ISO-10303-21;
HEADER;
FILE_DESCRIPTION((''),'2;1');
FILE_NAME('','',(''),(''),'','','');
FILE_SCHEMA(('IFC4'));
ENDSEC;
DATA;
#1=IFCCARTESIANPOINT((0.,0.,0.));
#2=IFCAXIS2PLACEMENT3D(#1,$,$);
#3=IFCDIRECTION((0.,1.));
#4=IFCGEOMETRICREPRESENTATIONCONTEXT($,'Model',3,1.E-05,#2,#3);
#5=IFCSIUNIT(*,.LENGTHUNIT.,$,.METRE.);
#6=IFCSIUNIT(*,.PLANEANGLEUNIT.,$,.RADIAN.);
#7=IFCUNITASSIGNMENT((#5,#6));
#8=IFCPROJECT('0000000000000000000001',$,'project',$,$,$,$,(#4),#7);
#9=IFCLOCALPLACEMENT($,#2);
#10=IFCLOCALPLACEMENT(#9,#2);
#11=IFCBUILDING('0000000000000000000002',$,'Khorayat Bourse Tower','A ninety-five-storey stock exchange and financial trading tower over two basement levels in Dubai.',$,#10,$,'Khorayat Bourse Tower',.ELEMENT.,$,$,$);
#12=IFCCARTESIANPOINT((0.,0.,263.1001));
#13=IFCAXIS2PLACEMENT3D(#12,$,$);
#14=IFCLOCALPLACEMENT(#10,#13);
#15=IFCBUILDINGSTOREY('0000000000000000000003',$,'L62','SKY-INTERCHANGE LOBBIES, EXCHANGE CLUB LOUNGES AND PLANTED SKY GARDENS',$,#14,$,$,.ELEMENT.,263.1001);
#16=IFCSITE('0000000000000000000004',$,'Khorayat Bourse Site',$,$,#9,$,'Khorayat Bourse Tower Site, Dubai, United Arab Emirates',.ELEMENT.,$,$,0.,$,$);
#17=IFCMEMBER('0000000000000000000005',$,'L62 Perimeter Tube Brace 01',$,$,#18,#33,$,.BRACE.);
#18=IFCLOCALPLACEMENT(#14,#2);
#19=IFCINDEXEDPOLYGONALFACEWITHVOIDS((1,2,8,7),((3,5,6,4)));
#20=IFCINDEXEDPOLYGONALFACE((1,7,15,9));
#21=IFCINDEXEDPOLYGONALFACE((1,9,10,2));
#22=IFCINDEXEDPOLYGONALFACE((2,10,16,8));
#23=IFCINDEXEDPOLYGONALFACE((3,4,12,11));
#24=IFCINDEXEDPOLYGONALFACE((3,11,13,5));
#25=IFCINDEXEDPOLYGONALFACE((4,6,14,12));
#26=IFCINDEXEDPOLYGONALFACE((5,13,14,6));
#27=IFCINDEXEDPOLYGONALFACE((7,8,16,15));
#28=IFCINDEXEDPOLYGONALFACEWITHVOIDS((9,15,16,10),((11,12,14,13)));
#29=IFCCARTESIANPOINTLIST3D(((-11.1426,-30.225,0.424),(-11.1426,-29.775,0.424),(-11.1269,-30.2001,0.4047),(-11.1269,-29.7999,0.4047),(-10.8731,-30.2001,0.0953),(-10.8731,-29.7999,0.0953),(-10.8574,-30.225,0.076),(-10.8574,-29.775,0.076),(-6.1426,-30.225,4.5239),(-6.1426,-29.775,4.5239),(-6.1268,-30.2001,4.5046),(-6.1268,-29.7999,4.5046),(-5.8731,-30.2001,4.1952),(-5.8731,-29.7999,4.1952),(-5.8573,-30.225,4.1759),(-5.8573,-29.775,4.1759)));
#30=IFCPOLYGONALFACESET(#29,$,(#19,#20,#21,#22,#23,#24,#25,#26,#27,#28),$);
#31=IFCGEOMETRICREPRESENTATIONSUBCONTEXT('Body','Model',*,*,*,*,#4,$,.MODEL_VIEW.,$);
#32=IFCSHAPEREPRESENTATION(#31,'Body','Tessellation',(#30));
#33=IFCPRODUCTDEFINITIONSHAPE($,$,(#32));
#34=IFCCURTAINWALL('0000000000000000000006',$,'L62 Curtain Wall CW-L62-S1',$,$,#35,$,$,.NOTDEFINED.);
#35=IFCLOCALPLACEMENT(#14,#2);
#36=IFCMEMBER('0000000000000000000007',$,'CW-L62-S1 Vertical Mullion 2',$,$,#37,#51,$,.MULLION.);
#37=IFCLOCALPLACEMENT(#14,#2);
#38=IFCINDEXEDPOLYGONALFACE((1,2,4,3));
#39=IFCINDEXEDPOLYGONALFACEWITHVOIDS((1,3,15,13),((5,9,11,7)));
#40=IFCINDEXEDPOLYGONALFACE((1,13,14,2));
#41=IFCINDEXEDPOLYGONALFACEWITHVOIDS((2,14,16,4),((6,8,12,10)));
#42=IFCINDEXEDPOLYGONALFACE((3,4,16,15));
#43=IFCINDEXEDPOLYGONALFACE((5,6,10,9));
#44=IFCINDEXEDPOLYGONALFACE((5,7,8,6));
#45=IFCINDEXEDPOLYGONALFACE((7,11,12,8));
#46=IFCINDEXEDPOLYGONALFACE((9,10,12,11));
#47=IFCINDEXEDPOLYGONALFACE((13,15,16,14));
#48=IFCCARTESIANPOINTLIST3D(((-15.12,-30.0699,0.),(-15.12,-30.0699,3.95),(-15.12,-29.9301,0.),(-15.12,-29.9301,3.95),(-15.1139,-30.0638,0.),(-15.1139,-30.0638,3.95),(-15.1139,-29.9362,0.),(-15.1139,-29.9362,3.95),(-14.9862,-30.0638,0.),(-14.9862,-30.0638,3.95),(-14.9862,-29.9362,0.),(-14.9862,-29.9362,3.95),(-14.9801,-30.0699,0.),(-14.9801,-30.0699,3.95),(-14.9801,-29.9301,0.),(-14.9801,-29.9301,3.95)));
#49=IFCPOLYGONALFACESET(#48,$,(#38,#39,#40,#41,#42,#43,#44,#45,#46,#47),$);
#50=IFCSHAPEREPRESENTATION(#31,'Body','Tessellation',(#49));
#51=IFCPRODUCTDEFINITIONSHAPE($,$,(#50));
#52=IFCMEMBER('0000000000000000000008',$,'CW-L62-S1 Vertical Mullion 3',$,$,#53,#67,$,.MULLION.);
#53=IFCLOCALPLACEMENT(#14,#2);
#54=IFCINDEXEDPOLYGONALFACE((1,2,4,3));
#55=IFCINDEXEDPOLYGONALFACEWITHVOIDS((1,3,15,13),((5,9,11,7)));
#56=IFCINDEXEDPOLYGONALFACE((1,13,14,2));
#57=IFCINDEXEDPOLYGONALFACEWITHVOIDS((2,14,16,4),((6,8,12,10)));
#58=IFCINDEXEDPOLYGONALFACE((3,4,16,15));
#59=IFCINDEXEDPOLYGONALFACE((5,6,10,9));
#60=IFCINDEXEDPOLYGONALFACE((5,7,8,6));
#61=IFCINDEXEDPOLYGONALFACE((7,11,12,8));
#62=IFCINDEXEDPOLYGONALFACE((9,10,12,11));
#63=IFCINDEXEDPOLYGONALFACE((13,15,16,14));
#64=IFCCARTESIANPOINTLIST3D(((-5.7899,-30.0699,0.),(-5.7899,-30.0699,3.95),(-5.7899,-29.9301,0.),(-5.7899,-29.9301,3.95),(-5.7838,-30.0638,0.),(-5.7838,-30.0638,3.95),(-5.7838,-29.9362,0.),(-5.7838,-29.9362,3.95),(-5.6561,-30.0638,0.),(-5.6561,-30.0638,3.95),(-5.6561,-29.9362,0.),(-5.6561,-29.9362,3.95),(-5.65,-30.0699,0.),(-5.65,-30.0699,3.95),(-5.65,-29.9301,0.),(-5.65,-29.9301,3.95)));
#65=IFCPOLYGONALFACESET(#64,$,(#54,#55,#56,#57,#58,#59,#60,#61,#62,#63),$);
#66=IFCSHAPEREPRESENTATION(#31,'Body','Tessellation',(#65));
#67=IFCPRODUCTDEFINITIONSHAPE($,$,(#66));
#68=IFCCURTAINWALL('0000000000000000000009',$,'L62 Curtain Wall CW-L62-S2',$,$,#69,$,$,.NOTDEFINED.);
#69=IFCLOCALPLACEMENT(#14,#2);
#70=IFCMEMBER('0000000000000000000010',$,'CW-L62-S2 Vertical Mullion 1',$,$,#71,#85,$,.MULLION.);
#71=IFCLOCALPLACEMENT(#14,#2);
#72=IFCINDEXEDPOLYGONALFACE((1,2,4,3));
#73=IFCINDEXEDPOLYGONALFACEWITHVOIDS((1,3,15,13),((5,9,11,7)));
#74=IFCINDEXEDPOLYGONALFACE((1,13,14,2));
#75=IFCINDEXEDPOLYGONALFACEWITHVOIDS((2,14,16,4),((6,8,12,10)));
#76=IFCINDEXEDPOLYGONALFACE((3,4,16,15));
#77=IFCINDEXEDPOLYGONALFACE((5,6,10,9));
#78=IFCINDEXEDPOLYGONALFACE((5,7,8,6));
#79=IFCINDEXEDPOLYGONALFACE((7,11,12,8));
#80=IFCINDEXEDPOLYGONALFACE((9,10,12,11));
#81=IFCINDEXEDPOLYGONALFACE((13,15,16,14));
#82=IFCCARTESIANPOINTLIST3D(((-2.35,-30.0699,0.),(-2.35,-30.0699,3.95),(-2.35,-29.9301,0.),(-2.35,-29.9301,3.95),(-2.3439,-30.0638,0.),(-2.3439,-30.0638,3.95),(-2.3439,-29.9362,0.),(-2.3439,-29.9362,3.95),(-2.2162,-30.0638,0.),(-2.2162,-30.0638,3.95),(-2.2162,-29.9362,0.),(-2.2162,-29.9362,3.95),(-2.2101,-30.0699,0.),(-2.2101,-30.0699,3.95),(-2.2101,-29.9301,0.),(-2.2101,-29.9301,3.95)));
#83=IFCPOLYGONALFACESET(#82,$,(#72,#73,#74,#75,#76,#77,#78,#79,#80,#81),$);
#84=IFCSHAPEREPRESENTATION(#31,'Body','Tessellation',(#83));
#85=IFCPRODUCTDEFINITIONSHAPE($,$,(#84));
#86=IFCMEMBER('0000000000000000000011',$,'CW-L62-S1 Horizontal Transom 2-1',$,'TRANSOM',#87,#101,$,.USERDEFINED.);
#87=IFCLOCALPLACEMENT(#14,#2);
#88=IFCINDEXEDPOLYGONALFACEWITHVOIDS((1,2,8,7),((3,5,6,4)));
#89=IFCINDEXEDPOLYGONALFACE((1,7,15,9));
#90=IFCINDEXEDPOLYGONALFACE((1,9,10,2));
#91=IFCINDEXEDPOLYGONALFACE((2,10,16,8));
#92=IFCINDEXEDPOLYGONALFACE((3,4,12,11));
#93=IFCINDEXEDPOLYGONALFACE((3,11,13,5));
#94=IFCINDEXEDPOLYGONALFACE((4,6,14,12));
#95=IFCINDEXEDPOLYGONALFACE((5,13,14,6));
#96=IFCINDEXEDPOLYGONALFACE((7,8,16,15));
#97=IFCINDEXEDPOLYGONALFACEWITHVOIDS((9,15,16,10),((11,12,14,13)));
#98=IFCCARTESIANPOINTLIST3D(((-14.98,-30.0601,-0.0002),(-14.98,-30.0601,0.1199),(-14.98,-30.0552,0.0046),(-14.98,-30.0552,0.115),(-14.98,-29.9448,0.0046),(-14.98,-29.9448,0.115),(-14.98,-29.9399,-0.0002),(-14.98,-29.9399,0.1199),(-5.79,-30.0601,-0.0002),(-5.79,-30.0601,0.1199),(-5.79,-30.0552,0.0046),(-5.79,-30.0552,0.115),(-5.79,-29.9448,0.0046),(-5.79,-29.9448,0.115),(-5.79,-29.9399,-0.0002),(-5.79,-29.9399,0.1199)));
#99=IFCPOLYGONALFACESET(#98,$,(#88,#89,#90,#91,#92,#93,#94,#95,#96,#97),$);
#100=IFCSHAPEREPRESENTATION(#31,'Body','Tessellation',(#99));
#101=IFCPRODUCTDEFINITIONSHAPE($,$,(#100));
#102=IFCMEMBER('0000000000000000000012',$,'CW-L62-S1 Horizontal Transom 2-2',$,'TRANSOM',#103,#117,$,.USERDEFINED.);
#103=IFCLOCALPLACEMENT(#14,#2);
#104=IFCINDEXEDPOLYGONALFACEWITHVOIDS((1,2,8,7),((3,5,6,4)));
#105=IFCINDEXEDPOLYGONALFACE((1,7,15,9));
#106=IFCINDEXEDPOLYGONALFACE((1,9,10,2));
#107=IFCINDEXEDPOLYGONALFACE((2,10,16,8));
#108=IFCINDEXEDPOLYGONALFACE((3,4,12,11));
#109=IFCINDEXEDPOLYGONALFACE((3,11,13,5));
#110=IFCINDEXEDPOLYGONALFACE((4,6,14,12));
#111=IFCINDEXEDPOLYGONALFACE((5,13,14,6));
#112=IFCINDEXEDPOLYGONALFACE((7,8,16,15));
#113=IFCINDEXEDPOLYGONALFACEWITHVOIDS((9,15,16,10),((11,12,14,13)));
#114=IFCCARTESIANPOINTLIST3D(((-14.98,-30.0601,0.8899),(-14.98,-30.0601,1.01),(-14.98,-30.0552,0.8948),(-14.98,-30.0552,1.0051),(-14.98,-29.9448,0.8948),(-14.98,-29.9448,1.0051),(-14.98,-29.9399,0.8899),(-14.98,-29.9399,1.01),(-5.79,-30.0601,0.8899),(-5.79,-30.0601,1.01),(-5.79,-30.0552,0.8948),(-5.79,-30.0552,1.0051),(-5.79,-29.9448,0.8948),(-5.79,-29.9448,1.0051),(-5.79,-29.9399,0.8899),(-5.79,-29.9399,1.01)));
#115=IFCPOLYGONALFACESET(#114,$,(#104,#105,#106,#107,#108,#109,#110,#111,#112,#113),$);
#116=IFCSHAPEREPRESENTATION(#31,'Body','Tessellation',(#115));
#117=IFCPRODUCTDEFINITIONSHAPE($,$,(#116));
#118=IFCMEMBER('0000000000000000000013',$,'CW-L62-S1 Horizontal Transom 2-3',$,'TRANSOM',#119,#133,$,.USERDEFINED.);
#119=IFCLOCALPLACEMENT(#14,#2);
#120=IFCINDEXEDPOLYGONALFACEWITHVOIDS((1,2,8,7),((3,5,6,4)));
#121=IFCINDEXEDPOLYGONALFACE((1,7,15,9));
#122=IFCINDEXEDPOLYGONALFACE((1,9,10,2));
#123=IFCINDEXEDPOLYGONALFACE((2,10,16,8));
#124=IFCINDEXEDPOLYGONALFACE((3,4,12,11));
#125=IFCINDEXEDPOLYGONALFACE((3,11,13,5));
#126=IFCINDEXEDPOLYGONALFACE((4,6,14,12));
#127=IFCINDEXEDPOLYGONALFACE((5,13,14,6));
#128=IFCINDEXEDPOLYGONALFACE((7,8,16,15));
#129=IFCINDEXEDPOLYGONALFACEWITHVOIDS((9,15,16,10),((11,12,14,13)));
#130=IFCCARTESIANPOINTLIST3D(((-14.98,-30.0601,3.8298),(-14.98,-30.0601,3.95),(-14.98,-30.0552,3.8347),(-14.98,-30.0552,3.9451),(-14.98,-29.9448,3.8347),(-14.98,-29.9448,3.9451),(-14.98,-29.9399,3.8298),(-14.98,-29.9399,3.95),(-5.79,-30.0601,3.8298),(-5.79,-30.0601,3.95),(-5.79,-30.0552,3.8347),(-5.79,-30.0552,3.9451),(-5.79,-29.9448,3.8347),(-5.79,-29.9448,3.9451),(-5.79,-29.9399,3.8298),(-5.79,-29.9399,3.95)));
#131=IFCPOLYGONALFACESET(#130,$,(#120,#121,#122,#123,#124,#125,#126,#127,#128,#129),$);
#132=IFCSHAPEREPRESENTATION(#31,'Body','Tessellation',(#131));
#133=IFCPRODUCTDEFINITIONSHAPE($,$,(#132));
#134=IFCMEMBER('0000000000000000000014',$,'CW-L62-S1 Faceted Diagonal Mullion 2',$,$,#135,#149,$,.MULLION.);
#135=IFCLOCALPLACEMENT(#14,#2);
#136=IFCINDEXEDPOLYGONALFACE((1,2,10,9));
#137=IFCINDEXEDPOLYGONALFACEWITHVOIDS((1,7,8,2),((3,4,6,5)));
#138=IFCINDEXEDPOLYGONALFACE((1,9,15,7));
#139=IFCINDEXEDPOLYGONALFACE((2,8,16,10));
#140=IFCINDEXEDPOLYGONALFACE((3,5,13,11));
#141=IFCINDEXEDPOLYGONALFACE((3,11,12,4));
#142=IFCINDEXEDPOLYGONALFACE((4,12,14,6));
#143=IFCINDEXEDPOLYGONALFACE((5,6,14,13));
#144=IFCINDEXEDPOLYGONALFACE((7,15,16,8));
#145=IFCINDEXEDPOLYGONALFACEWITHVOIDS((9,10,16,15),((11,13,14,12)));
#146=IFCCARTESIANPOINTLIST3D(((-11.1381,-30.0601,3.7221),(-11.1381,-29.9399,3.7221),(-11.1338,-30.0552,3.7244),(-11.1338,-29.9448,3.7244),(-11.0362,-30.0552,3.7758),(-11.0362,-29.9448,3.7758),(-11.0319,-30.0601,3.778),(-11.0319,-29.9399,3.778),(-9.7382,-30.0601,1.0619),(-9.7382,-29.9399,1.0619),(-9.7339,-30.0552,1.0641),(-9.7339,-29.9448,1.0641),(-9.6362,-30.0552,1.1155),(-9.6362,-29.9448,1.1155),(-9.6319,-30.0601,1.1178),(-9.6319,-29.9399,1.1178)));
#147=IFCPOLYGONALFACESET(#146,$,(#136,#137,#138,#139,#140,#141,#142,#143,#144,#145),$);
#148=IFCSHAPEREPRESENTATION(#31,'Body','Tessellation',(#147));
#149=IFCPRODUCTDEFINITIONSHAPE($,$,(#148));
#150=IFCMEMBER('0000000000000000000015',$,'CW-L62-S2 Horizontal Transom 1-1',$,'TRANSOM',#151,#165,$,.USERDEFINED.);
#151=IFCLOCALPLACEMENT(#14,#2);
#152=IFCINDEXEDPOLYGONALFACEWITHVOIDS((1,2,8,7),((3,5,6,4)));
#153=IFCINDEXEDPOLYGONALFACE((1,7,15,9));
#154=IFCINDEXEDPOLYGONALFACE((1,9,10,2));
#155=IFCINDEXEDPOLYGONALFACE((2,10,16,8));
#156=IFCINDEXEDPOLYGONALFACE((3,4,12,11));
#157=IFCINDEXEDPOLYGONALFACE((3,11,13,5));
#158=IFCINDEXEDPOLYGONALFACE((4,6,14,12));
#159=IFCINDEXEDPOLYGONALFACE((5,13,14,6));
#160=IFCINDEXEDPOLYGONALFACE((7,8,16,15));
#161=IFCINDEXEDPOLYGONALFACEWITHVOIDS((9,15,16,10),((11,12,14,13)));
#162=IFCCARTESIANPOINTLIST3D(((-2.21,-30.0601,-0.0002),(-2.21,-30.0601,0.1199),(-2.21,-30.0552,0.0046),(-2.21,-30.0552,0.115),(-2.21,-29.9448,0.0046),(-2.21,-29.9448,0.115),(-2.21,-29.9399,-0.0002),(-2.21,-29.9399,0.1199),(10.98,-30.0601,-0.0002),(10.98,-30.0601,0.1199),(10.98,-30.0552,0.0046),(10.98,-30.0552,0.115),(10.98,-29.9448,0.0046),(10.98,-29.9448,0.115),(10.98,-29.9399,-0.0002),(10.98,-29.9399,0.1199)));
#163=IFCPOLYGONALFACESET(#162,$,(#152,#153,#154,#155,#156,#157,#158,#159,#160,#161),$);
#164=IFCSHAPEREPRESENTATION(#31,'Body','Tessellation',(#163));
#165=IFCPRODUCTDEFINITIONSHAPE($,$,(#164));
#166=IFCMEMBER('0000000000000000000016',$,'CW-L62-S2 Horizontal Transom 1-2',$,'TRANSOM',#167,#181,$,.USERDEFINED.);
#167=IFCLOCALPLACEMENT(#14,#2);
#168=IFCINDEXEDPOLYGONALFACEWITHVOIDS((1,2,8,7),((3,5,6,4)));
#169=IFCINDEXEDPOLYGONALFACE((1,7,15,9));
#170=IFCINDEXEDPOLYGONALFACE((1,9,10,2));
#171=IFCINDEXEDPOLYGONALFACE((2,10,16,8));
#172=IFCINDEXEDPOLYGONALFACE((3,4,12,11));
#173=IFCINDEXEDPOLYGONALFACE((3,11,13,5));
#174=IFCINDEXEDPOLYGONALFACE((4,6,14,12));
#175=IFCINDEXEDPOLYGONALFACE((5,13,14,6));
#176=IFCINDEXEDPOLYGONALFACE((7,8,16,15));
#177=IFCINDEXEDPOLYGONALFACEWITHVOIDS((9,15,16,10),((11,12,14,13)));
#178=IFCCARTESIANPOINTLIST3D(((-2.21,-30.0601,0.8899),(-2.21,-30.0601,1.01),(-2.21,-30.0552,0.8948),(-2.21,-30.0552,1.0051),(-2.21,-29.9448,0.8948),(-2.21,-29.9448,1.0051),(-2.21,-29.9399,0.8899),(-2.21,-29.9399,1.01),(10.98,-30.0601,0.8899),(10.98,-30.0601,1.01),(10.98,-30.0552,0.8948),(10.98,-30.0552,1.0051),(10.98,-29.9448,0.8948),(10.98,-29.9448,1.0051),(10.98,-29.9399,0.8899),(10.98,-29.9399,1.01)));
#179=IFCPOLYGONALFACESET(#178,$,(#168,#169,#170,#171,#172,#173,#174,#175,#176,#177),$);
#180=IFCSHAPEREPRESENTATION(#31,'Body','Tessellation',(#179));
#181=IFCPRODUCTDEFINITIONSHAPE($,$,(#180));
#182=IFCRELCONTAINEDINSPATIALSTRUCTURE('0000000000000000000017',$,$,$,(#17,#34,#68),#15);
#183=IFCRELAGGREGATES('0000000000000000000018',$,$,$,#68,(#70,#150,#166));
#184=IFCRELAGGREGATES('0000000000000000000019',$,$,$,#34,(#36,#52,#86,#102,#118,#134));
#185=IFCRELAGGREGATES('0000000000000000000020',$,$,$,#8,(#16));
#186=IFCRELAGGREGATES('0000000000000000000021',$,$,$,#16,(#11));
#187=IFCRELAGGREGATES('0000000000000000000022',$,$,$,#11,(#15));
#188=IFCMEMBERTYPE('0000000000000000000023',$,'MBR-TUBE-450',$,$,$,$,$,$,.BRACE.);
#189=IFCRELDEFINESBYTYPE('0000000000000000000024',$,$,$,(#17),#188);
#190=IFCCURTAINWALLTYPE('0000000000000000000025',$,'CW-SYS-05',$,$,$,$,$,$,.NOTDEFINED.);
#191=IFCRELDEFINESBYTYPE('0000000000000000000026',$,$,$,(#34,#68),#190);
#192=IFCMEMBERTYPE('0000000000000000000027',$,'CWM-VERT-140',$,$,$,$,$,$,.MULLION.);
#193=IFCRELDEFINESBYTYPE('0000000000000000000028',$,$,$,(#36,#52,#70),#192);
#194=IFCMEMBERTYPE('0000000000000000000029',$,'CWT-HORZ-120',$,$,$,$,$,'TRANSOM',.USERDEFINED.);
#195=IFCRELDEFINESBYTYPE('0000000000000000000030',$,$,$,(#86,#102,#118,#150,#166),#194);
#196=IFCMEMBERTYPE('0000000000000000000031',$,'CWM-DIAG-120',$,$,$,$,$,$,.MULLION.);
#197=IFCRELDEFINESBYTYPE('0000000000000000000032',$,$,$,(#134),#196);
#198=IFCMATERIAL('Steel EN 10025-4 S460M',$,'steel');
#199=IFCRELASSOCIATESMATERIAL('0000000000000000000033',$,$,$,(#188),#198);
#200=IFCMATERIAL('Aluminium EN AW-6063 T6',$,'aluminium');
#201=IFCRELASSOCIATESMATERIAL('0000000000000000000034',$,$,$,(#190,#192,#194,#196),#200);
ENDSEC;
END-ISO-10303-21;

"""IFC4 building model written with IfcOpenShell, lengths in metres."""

from ifc_helpers import new_model, si_unit, direction, frame, origin, origin_2d, place, context, subcontext, project, spatial, hollow_rectangle, extrude, source, transform, mapped, material, material_profile, profile_set, type_object, element, aggregate, save


model = new_model("IFC4")

# Units and contexts
model_context = context("Model", 3, precision=1e-05, world=origin(), true_north=direction((0.0, 1.0)))
body_context = subcontext(model_context, "Body", "Model", "MODEL_VIEW")
ifc_project = project(units=[si_unit("LENGTHUNIT", "METRE"), si_unit("PLANEANGLEUNIT", "RADIAN")], contexts=[model_context])

# Site, building, storey
site_placement = place(None, origin())
site = spatial("IfcSite", under=ifc_project, at=site_placement, Name="Khorayat Bourse Site", LongName="Khorayat Bourse Tower Site, Dubai, United Arab Emirates", CompositionType="ELEMENT", RefElevation=0.0)
building_placement = place(site_placement, origin())
building = spatial("IfcBuilding", under=site, at=building_placement, Name="Khorayat Bourse Tower", Description="A ninety-five-storey stock exchange and financial trading tower over two basement levels in Dubai.", LongName="Khorayat Bourse Tower", CompositionType="ELEMENT")
storey_placement = place(building_placement, frame((0.0, 0.0, 263.1001)))
storey = spatial("IfcBuildingStorey", under=building, at=storey_placement, Name="L62", Description="SKY-INTERCHANGE LOBBIES, EXCHANGE CLUB LOUNGES AND PLANTED SKY GARDENS", CompositionType="ELEMENT", Elevation=263.1001)

# Shared definitions
ifc_material_1 = material(Name="Steel EN 10025-4 S460M", Category="steel")

# Member
ifc_material_profile_1 = material_profile(ifc_material_1, hollow_rectangle(XDim=0.45, YDim=0.45, WallThickness=0.0249, at=origin_2d()), Name="HSS 450x450x25")
ifc_profile_set_1 = profile_set([ifc_material_profile_1], Name="Steel EN 10025-4 S460M")
member_type_1 = type_object("IfcMemberType", Name="MBR-TUBE-450", PredefinedType="BRACE", material=ifc_profile_set_1)
shared_shape_1 = source(origin(), body_context, "Body", "SweptSolid", [
    extrude(hollow_rectangle(XDim=0.45, YDim=0.45, WallThickness=0.0249, at=origin_2d()), origin(), (0.0, 0.0, 1.0), 6.4661),
])
member_1_placement = place(storey_placement, frame((-11.0, -30.0, 0.25), z_axis=(0.773279, 0.0, 0.634066), x_axis=(0.0, 1.0, 0.0)))
element("IfcMember", 1, at=member_1_placement, inside=storey, type_object=member_type_1, Name="L62 Perimeter Tube Brace 01", PredefinedType="BRACE", context=body_context, shape_type="MappedRepresentation", body=[
    mapped(shared_shape_1, transform((0.0, 0.0, 0.0), scale=1.0)),
])

# Curtain wall, members
ifc_material_2 = material(Name="Aluminium EN AW-6063 T6", Category="aluminium")
curtain_wall_type = type_object("IfcCurtainWallType", Name="CW-SYS-05", PredefinedType="NOTDEFINED", material=ifc_material_2)
curtain_wall_1_placement = place(storey_placement, origin())
curtain_wall_1 = element("IfcCurtainWall", 2, at=curtain_wall_1_placement, inside=storey, type_object=curtain_wall_type, Name="L62 Curtain Wall CW-L62-S1", PredefinedType="NOTDEFINED")
ifc_material_profile_2 = material_profile(ifc_material_2, hollow_rectangle(XDim=0.1399, YDim=0.1399, WallThickness=0.0061, at=origin_2d()), Name="ALU 140x140x6")
ifc_profile_set_2 = profile_set([ifc_material_profile_2], Name="Aluminium EN AW-6063 T6")
member_type_2 = type_object("IfcMemberType", Name="CWM-VERT-140", PredefinedType="MULLION", material=ifc_profile_set_2)
shared_shape_2 = source(origin(), body_context, "Body", "SweptSolid", [
    extrude(hollow_rectangle(XDim=0.1399, YDim=0.1399, WallThickness=0.0061, at=origin_2d()), origin(), (0.0, 0.0, 1.0), 3.95),
])
member_2_placement = place(storey_placement, frame((-15.05, -30.0, 0.0), z_axis=(0.0, 0.0, 1.0), x_axis=(0.0, 1.0, 0.0)))
member_2 = element("IfcMember", 3, at=member_2_placement, type_object=member_type_2, Name="CW-L62-S1 Vertical Mullion 2", PredefinedType="MULLION", context=body_context, shape_type="MappedRepresentation", body=[
    mapped(shared_shape_2, transform((0.0, 0.0, 0.0), scale=1.0)),
])
member_3_placement = place(storey_placement, frame((-5.72, -30.0, 0.0), z_axis=(0.0, 0.0, 1.0), x_axis=(0.0, 1.0, 0.0)))
member_3 = element("IfcMember", 4, at=member_3_placement, type_object=member_type_2, Name="CW-L62-S1 Vertical Mullion 3", PredefinedType="MULLION", context=body_context, shape_type="MappedRepresentation", body=[
    mapped(shared_shape_2, transform((0.0, 0.0, 0.0), scale=1.0)),
])

# Curtain wall, member
curtain_wall_2_placement = place(storey_placement, origin())
curtain_wall_2 = element("IfcCurtainWall", 5, at=curtain_wall_2_placement, inside=storey, type_object=curtain_wall_type, Name="L62 Curtain Wall CW-L62-S2", PredefinedType="NOTDEFINED")
member_4_placement = place(storey_placement, frame((-2.28, -30.0, 0.0), z_axis=(0.0, 0.0, 1.0), x_axis=(0.0, 1.0, 0.0)))
member_4 = element("IfcMember", 6, at=member_4_placement, type_object=member_type_2, Name="CW-L62-S2 Vertical Mullion 1", PredefinedType="MULLION", context=body_context, shape_type="MappedRepresentation", body=[
    mapped(shared_shape_2, transform((0.0, 0.0, 0.0), scale=1.0)),
])

# Members
ifc_material_profile_3 = material_profile(ifc_material_2, hollow_rectangle(XDim=0.1201, YDim=0.1201, WallThickness=0.0049, at=origin_2d()), Name="ALU 120x120x5")
ifc_profile_set_3 = profile_set([ifc_material_profile_3], Name="Aluminium EN AW-6063 T6")
member_type_3 = type_object("IfcMemberType", Name="CWT-HORZ-120", ElementType="TRANSOM", PredefinedType="USERDEFINED", material=ifc_profile_set_3)
shared_shape_3 = source(origin(), body_context, "Body", "SweptSolid", [
    extrude(hollow_rectangle(XDim=0.1201, YDim=0.1201, WallThickness=0.0049, at=origin_2d()), origin(), (0.0, 0.0, 1.0), 9.1899),
])
member_5_placement = place(storey_placement, frame((-14.98, -30.0, 0.0598), z_axis=(1.0, 0.0, 0.0), x_axis=(0.0, 1.0, 0.0)))
member_5 = element("IfcMember", 7, at=member_5_placement, type_object=member_type_3, Name="CW-L62-S1 Horizontal Transom 2-1", ObjectType="TRANSOM", PredefinedType="USERDEFINED", context=body_context, shape_type="MappedRepresentation", body=[
    mapped(shared_shape_3, transform((0.0, 0.0, 0.0), scale=1.0)),
])
member_6_placement = place(storey_placement, frame((-14.98, -30.0, 0.95), z_axis=(1.0, 0.0, 0.0), x_axis=(0.0, 1.0, 0.0)))
member_6 = element("IfcMember", 8, at=member_6_placement, type_object=member_type_3, Name="CW-L62-S1 Horizontal Transom 2-2", ObjectType="TRANSOM", PredefinedType="USERDEFINED", context=body_context, shape_type="MappedRepresentation", body=[
    mapped(shared_shape_3, transform((0.0, 0.0, 0.0), scale=1.0)),
])
member_7_placement = place(storey_placement, frame((-14.98, -30.0, 3.8899), z_axis=(1.0, 0.0, 0.0), x_axis=(0.0, 1.0, 0.0)))
member_7 = element("IfcMember", 9, at=member_7_placement, type_object=member_type_3, Name="CW-L62-S1 Horizontal Transom 2-3", ObjectType="TRANSOM", PredefinedType="USERDEFINED", context=body_context, shape_type="MappedRepresentation", body=[
    mapped(shared_shape_3, transform((0.0, 0.0, 0.0), scale=1.0)),
])
ifc_material_profile_4 = material_profile(ifc_material_2, hollow_rectangle(XDim=0.1201, YDim=0.1201, WallThickness=0.0049, at=origin_2d()), Name="ALU 120x120x5")
ifc_profile_set_4 = profile_set([ifc_material_profile_4], Name="Aluminium EN AW-6063 T6")
member_type_4 = type_object("IfcMemberType", Name="CWM-DIAG-120", PredefinedType="MULLION", material=ifc_profile_set_4)
shared_shape_4 = source(origin(), body_context, "Body", "SweptSolid", [
    extrude(hollow_rectangle(XDim=0.1201, YDim=0.1201, WallThickness=0.0049, at=origin_2d()), origin(), (0.0, 0.0, 1.0), 3.0061),
])
member_8_placement = place(storey_placement, frame((-9.6851, -30.0, 1.0898), z_axis=(-0.4657, 0.0, 0.884943), x_axis=(0.0, -1.0, 0.0)))
member_8 = element("IfcMember", 10, at=member_8_placement, type_object=member_type_4, Name="CW-L62-S1 Faceted Diagonal Mullion 2", PredefinedType="MULLION", context=body_context, shape_type="MappedRepresentation", body=[
    mapped(shared_shape_4, transform((0.0, 0.0, 0.0), scale=1.0)),
])
shared_shape_5 = source(origin(), body_context, "Body", "SweptSolid", [
    extrude(hollow_rectangle(XDim=0.1201, YDim=0.1201, WallThickness=0.0049, at=origin_2d()), origin(), (0.0, 0.0, 1.0), 13.1899),
])
member_9_placement = place(storey_placement, frame((-2.21, -30.0, 0.0598), z_axis=(1.0, 0.0, 0.0), x_axis=(0.0, 1.0, 0.0)))
member_9 = element("IfcMember", 11, at=member_9_placement, type_object=member_type_3, Name="CW-L62-S2 Horizontal Transom 1-1", ObjectType="TRANSOM", PredefinedType="USERDEFINED", context=body_context, shape_type="MappedRepresentation", body=[
    mapped(shared_shape_5, transform((0.0, 0.0, 0.0), scale=1.0)),
])
member_10_placement = place(storey_placement, frame((-2.21, -30.0, 0.95), z_axis=(1.0, 0.0, 0.0), x_axis=(0.0, 1.0, 0.0)))
member_10 = element("IfcMember", 12, at=member_10_placement, type_object=member_type_3, Name="CW-L62-S2 Horizontal Transom 1-2", ObjectType="TRANSOM", PredefinedType="USERDEFINED", context=body_context, shape_type="MappedRepresentation", body=[
    mapped(shared_shape_5, transform((0.0, 0.0, 0.0), scale=1.0)),
])
aggregate(curtain_wall_2, [member_4, member_9, member_10])

aggregate(curtain_wall_1, [member_2, member_3, member_5, member_6, member_7, member_8])

save(model, "model.ifc")
